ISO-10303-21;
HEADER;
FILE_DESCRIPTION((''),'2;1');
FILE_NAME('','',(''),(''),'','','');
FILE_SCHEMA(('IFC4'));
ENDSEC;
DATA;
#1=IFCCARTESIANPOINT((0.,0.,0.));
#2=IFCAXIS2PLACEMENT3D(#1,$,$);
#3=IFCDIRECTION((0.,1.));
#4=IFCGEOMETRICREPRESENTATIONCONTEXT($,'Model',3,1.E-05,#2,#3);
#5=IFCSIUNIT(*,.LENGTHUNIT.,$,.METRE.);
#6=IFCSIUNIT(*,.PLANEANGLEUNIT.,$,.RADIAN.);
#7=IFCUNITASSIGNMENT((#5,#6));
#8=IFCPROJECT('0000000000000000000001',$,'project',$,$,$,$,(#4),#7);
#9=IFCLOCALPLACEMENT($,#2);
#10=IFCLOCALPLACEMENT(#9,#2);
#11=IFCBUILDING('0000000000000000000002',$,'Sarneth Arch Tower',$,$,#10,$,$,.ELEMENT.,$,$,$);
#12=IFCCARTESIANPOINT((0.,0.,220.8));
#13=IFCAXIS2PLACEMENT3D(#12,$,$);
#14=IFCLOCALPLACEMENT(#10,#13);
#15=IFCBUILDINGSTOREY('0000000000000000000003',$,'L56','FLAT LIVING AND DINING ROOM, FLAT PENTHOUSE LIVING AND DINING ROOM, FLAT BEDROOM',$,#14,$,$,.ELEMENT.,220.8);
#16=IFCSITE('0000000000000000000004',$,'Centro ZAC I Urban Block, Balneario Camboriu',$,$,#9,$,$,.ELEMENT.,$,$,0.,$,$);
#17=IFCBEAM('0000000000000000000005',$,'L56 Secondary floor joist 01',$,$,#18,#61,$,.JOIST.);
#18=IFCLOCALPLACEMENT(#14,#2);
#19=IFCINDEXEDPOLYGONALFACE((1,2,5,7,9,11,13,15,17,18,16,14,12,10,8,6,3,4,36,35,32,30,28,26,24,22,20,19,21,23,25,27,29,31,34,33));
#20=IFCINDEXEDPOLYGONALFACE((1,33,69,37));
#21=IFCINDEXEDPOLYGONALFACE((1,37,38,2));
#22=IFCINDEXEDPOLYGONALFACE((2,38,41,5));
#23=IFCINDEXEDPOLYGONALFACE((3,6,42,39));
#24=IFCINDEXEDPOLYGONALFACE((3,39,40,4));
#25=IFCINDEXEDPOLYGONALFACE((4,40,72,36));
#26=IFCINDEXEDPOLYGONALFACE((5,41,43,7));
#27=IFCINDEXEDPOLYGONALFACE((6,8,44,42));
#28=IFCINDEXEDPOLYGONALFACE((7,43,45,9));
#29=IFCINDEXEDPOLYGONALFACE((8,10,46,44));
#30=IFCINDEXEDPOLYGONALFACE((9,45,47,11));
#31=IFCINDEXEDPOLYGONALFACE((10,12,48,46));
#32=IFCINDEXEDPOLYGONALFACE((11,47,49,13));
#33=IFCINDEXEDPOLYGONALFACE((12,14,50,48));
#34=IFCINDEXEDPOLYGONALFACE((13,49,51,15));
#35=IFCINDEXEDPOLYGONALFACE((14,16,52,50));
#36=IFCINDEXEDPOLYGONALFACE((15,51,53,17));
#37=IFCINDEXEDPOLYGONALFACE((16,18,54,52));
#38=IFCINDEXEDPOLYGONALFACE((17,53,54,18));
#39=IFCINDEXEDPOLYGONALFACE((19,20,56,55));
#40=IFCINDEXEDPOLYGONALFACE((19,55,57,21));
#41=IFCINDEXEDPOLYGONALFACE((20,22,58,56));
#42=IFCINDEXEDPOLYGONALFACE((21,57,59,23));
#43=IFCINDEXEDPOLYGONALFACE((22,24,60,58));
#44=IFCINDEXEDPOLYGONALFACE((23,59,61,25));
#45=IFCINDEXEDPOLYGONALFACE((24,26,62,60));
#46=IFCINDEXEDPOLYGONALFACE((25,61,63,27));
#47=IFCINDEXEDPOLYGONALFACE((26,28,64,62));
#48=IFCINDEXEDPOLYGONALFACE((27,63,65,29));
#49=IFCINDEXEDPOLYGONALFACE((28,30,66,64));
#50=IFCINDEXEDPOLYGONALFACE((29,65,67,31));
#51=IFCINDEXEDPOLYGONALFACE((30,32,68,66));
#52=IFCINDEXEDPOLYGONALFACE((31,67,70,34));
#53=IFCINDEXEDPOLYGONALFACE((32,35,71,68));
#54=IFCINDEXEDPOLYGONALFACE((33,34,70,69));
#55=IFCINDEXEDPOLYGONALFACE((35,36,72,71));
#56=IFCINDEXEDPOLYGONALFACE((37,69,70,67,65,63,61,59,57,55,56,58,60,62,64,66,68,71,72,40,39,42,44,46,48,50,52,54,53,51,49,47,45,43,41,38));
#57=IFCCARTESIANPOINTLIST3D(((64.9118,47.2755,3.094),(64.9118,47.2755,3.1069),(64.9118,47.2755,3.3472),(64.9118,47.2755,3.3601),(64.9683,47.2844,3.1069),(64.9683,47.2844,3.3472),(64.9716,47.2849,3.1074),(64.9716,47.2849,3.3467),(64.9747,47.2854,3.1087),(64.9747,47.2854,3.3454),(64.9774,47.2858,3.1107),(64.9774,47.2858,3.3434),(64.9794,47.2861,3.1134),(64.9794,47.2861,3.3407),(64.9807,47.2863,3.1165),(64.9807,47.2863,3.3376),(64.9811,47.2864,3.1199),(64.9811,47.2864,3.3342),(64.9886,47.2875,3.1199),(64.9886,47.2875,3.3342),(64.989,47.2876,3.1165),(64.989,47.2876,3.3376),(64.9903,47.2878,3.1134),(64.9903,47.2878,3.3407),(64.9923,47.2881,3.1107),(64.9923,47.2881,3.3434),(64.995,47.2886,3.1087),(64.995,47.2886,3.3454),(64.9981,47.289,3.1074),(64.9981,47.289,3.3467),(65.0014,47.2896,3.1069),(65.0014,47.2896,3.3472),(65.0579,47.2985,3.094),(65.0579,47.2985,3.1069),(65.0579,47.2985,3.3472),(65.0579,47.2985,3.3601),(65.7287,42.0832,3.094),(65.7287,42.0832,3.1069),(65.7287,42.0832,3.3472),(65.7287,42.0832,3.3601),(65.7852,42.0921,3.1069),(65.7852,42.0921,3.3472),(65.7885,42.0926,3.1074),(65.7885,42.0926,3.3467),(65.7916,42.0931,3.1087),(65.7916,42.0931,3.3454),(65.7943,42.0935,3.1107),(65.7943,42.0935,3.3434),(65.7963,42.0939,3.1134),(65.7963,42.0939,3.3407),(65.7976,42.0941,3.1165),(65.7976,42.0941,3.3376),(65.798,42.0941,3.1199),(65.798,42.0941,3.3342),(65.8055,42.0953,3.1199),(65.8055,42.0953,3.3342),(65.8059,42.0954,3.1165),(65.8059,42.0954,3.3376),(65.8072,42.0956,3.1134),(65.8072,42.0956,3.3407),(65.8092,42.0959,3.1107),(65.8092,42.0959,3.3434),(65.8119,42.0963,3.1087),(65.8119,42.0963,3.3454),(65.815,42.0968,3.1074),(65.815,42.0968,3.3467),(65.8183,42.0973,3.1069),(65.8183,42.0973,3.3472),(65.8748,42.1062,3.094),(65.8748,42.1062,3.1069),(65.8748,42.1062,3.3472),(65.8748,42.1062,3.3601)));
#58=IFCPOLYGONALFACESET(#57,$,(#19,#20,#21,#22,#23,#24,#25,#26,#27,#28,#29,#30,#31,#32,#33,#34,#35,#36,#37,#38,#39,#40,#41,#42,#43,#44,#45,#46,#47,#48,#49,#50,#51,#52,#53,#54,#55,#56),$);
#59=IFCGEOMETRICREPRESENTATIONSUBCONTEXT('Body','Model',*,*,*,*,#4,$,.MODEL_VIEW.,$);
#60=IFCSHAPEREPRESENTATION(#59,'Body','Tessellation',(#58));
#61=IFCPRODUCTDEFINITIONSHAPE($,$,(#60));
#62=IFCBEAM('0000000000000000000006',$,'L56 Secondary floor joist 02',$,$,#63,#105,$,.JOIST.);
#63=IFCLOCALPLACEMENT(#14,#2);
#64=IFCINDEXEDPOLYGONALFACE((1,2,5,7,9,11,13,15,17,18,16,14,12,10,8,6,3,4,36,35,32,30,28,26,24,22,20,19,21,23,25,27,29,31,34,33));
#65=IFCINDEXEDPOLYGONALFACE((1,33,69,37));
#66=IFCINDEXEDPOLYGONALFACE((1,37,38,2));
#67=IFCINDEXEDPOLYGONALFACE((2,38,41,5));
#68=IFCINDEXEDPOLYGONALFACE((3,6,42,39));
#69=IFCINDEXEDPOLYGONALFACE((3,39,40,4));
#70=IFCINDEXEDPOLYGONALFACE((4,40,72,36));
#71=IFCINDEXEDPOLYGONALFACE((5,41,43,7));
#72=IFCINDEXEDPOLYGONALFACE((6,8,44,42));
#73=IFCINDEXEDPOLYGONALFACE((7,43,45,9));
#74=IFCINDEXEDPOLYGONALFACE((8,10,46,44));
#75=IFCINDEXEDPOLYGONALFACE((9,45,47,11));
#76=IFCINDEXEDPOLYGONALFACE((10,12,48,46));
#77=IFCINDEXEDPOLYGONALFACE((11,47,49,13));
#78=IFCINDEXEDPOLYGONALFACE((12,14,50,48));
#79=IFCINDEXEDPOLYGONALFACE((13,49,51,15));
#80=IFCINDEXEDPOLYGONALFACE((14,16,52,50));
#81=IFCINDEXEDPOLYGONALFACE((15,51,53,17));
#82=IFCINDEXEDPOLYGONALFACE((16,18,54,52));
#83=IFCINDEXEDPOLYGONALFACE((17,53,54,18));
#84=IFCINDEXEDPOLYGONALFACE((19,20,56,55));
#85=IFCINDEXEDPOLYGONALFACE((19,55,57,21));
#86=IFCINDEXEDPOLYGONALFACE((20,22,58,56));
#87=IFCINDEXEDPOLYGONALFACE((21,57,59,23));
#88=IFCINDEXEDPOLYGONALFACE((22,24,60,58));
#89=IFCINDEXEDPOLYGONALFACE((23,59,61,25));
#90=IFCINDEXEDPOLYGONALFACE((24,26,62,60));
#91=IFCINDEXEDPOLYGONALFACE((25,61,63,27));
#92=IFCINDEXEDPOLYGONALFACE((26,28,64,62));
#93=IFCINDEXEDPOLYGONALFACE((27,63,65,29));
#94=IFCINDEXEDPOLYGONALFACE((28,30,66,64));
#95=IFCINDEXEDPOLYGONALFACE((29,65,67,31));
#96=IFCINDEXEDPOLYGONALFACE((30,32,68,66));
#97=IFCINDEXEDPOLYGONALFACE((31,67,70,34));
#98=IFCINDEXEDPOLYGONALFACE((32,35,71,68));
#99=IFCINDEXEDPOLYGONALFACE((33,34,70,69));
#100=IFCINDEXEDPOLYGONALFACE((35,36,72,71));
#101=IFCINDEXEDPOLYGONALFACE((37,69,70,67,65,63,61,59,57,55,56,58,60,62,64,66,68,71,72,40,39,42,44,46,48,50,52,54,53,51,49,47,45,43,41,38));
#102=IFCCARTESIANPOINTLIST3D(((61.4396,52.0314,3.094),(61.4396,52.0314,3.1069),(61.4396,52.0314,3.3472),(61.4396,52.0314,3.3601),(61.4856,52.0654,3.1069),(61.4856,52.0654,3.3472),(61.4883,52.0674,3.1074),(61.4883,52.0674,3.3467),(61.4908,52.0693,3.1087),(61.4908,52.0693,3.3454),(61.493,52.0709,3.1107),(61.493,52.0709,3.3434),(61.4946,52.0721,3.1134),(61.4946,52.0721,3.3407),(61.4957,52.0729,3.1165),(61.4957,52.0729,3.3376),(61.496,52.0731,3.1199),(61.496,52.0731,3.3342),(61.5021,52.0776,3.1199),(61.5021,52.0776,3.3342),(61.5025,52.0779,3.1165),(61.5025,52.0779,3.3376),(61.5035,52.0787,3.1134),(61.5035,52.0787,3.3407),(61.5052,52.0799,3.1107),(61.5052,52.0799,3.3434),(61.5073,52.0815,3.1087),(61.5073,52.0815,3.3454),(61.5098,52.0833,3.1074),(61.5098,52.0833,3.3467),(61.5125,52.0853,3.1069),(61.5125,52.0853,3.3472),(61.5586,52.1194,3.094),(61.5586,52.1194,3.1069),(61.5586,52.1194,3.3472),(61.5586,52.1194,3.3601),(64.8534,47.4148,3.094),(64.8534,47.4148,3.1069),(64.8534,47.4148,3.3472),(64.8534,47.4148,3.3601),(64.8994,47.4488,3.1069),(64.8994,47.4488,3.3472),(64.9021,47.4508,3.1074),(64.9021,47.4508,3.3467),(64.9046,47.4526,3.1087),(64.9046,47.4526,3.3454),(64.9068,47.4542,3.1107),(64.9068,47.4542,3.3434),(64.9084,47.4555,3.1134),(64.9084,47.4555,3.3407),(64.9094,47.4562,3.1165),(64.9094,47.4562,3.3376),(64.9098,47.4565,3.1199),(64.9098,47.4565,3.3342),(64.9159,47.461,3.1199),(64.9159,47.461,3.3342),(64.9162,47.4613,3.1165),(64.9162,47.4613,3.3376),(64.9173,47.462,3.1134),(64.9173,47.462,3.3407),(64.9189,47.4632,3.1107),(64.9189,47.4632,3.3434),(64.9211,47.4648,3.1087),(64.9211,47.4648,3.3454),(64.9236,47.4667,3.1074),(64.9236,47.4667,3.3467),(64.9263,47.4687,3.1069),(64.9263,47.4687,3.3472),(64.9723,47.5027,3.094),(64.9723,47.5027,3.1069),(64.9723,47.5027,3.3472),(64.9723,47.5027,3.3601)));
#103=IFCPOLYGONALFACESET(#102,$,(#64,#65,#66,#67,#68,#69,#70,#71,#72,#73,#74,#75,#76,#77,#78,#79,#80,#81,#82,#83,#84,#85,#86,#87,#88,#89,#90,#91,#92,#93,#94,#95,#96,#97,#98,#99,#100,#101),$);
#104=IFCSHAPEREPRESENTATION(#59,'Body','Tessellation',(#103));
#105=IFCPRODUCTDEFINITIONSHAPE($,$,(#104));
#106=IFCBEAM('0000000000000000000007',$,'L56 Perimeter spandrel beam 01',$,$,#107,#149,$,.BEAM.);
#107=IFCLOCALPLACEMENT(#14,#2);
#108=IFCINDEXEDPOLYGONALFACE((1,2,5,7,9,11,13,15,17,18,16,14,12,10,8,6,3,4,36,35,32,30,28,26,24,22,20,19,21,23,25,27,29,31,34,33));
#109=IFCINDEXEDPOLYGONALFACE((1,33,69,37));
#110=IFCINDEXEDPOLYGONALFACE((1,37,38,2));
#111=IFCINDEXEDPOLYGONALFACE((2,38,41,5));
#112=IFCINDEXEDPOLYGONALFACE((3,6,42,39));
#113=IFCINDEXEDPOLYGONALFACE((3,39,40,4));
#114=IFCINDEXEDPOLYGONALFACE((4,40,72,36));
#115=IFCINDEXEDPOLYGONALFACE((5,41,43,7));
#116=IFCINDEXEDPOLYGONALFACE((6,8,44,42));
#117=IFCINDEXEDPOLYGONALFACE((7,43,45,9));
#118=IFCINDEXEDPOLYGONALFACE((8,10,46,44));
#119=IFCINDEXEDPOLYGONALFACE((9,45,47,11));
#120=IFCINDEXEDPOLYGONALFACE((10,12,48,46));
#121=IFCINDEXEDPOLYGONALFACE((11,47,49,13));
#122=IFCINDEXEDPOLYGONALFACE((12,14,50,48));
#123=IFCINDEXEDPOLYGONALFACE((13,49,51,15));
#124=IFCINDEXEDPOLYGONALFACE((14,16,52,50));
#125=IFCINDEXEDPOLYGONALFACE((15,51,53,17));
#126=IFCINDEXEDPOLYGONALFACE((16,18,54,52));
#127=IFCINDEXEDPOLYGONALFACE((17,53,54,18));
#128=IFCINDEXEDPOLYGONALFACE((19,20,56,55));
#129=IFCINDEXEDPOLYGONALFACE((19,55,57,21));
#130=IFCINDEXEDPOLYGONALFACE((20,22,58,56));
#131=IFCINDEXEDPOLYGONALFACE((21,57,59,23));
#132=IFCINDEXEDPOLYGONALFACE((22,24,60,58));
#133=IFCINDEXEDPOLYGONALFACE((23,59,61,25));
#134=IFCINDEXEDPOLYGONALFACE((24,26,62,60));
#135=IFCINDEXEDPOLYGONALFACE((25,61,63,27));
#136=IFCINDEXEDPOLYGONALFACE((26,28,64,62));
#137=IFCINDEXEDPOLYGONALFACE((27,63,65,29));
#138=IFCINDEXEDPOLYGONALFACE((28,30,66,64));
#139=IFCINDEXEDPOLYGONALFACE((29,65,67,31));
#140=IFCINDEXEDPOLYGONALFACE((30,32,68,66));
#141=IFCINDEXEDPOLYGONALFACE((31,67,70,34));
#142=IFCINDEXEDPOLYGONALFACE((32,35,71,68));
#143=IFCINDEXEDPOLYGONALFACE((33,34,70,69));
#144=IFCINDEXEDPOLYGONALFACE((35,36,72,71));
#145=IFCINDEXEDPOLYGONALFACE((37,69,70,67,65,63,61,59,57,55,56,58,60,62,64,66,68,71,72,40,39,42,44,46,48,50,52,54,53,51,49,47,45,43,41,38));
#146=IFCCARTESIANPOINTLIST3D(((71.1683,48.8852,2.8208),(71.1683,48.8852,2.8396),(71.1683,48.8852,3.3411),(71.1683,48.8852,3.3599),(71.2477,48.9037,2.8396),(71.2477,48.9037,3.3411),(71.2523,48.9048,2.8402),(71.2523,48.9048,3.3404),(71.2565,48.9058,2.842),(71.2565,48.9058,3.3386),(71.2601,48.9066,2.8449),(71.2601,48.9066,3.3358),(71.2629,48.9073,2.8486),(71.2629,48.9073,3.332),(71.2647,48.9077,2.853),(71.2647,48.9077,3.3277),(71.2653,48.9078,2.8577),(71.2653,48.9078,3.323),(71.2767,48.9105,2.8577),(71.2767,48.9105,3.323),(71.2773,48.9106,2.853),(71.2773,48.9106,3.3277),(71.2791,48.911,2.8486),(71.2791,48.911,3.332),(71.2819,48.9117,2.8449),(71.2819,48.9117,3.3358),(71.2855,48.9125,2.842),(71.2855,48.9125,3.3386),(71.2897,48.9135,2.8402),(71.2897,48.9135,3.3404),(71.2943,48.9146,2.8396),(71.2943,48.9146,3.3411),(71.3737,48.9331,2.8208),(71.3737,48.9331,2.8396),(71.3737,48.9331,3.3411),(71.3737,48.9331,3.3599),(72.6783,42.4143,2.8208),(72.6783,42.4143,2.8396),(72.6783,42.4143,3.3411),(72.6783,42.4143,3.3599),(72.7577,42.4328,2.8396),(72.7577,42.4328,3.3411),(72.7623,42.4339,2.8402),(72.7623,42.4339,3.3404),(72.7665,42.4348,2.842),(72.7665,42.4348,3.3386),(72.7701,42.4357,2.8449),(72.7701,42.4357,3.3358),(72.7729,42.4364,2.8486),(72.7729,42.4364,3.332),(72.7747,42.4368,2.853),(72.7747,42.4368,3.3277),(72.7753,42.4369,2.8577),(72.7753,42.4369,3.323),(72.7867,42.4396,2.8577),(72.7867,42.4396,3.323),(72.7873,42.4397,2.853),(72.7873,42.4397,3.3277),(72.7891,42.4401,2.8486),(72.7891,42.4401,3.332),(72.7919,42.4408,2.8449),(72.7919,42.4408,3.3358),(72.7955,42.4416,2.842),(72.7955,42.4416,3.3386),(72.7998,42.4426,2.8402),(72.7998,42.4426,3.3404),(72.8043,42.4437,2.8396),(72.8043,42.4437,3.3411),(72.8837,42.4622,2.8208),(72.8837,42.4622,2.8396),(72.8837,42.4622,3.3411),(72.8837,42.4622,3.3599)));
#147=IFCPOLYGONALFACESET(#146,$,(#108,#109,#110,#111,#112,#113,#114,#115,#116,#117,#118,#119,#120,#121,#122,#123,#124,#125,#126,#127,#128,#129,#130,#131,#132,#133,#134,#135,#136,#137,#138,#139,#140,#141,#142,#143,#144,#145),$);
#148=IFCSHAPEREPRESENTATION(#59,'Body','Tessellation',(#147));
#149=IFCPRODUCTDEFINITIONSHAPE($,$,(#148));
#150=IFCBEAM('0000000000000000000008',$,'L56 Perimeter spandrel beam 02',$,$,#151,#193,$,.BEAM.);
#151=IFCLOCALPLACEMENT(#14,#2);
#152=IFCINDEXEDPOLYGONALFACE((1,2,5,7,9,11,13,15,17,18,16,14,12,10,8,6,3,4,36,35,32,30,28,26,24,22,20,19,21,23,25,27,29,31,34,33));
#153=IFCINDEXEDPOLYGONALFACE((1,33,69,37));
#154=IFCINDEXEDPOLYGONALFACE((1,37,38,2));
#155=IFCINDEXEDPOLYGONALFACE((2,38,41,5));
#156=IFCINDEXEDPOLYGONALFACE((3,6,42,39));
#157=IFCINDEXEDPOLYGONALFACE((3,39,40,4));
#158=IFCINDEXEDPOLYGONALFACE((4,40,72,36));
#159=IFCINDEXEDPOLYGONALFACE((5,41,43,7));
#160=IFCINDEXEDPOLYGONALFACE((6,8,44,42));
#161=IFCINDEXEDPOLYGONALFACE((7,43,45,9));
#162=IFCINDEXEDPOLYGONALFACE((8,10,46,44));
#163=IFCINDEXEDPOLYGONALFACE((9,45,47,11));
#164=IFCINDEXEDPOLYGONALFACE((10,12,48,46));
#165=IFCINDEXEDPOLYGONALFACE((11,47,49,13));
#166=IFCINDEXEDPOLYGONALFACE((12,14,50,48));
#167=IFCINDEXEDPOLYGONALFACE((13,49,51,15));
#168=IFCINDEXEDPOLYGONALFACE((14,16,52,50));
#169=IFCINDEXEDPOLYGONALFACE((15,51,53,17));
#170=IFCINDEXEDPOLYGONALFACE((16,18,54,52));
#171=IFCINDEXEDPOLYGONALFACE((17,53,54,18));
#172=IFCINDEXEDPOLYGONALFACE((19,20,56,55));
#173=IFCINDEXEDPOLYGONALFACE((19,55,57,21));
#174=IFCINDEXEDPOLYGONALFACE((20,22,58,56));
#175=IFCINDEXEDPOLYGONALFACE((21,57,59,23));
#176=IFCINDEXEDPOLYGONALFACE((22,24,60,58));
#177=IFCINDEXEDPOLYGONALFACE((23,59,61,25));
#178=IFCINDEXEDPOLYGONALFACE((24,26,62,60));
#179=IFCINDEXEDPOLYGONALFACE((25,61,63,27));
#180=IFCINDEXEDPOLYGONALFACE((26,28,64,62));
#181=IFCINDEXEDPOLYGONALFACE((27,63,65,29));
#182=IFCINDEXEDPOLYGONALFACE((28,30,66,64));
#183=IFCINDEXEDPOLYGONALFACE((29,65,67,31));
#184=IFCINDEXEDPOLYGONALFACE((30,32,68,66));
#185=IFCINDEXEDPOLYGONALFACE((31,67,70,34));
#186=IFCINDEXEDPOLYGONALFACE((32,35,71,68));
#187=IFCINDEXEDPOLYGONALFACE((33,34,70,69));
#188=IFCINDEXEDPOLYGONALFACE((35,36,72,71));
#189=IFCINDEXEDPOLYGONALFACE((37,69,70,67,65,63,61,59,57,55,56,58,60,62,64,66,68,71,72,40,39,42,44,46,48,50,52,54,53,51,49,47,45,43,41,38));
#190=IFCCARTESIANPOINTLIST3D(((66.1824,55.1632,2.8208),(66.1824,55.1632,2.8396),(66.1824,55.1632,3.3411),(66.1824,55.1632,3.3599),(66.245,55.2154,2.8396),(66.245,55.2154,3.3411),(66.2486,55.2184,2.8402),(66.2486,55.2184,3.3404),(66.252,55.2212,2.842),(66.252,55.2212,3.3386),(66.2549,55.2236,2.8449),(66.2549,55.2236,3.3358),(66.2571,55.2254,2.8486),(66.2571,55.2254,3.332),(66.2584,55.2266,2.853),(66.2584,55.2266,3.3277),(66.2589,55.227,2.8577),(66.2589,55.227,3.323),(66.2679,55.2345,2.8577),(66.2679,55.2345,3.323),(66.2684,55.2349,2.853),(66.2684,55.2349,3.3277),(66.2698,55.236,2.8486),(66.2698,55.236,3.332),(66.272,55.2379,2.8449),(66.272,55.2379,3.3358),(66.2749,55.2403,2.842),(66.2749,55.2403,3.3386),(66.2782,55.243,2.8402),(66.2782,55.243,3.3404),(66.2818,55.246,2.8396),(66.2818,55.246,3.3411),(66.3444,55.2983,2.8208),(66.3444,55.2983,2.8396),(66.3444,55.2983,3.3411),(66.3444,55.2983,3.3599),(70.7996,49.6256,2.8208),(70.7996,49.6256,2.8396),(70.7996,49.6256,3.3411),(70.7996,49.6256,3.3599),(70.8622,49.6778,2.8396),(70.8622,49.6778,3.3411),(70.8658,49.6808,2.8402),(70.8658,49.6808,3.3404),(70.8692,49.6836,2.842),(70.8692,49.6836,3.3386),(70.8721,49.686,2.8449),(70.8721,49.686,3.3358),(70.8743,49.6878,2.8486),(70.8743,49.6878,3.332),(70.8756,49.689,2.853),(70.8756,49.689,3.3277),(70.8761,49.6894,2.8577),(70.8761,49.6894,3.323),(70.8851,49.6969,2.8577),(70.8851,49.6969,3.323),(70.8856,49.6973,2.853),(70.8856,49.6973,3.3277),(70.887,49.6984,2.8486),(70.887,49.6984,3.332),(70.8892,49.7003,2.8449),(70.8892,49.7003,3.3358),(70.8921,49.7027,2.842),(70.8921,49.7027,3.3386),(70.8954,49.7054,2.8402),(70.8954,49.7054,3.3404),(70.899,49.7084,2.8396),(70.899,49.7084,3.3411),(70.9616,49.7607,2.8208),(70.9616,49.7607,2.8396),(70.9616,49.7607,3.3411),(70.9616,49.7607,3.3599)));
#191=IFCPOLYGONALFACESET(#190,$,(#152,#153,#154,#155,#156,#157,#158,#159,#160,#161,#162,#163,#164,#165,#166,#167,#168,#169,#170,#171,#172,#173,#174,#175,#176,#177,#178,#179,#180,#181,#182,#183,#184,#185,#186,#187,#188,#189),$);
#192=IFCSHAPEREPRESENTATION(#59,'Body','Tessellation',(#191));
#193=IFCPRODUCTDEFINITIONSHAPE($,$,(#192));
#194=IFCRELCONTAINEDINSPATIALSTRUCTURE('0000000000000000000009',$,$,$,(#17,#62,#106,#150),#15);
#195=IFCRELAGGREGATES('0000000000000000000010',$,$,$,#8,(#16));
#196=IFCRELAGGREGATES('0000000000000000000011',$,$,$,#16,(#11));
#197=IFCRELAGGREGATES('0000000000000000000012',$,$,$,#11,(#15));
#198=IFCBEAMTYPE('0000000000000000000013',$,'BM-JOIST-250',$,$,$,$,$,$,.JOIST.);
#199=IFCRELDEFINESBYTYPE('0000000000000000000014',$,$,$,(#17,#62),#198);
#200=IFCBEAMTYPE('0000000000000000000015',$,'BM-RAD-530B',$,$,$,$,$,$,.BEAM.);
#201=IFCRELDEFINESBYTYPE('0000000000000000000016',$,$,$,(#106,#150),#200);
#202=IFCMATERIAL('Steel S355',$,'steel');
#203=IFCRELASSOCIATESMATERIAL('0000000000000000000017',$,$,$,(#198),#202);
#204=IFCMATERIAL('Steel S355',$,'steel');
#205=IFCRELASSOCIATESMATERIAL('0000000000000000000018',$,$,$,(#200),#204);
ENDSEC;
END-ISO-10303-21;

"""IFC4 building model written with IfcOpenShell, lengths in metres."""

from ifc_helpers import new_model, si_unit, direction, frame, origin, origin_2d, place, context, subcontext, project, spatial, i_section, extrude, material, material_profile, profile_set, type_object, element, save


model = new_model("IFC4")

# Units and contexts
model_context = context("Model", 3, precision=1e-05, world=origin(), true_north=direction((0.0, 1.0)))
body_context = subcontext(model_context, "Body", "Model", "MODEL_VIEW")
ifc_project = project(units=[si_unit("LENGTHUNIT", "METRE"), si_unit("PLANEANGLEUNIT", "RADIAN")], contexts=[model_context])

# Site, building, storey
site_placement = place(None, origin())
site = spatial("IfcSite", under=ifc_project, at=site_placement, Name="Centro ZAC I Urban Block, Balneario Camboriu", CompositionType="ELEMENT", RefElevation=0.0)
building_placement = place(site_placement, origin())
building = spatial("IfcBuilding", under=site, at=building_placement, Name="Sarneth Arch Tower", CompositionType="ELEMENT")
storey_placement = place(building_placement, frame((0.0, 0.0, 220.8)))
storey = spatial("IfcBuildingStorey", under=building, at=storey_placement, Name="L56", Description="FLAT LIVING AND DINING ROOM, FLAT PENTHOUSE LIVING AND DINING ROOM, FLAT BEDROOM", CompositionType="ELEMENT", Elevation=220.8)

# Beams
ifc_material_1 = material(Name="Steel S355", Category="steel")
ifc_material_profile_1 = material_profile(ifc_material_1, i_section(OverallWidth=0.1479, OverallDepth=0.2661, WebThickness=0.0076, FlangeThickness=0.0129, FilletRadius=0.0129, at=origin_2d()), Name="W250x44.8")
ifc_profile_set_1 = profile_set([ifc_material_profile_1], Name="Steel S355")
beam_type_1 = type_object("IfcBeamType", Name="BM-JOIST-250", PredefinedType="JOIST", material=ifc_profile_set_1)
beam_1_placement = place(storey_placement, frame((65.8018, 42.0947, 3.2271), z_axis=(-0.155421, 0.987848, 0.0), x_axis=(-0.987848, -0.155421, 0.0)))
element("IfcBeam", 1, at=beam_1_placement, inside=storey, type_object=beam_type_1, Name="L56 Secondary floor joist 01", PredefinedType="JOIST", context=body_context, shape_type="SweptSolid", body=[
    extrude(i_section(OverallWidth=0.1479, OverallDepth=0.2661, WebThickness=0.0076, FlangeThickness=0.0129, FilletRadius=0.0129, at=origin_2d()), origin(), (0.0, 0.0, 1.0), 5.2561),
])
beam_2_placement = place(storey_placement, frame((64.9128, 47.4587, 3.2271), z_axis=(-0.594557, 0.804053, 0.0), x_axis=(-0.804053, -0.594557, 0.0)))
element("IfcBeam", 2, at=beam_2_placement, inside=storey, type_object=beam_type_1, Name="L56 Secondary floor joist 02", PredefinedType="JOIST", context=body_context, shape_type="SweptSolid", body=[
    extrude(i_section(OverallWidth=0.1479, OverallDepth=0.2661, WebThickness=0.0076, FlangeThickness=0.0129, FilletRadius=0.0129, at=origin_2d()), origin(), (0.0, 0.0, 1.0), 5.7417),
])
ifc_material_2 = material(Name="Steel S355", Category="steel")
ifc_material_profile_2 = material_profile(ifc_material_2, i_section(OverallWidth=0.2109, OverallDepth=0.5391, WebThickness=0.0117, FlangeThickness=0.0188, FilletRadius=0.0181, at=origin_2d()), Name="W530x109")
ifc_profile_set_2 = profile_set([ifc_material_profile_2], Name="Steel S355")
beam_type_2 = type_object("IfcBeamType", Name="BM-RAD-530B", PredefinedType="BEAM", material=ifc_profile_set_2)
beam_3_placement = place(storey_placement, frame((72.781, 42.4382, 3.0903), z_axis=(-0.227247, 0.973837, 0.0), x_axis=(-0.973837, -0.227247, 0.0)))
element("IfcBeam", 3, at=beam_3_placement, inside=storey, type_object=beam_type_2, Name="L56 Perimeter spandrel beam 01", PredefinedType="BEAM", context=body_context, shape_type="SweptSolid", body=[
    extrude(i_section(OverallWidth=0.2109, OverallDepth=0.5391, WebThickness=0.0117, FlangeThickness=0.0188, FilletRadius=0.0181, at=origin_2d()), origin(), (0.0, 0.0, 1.0), 6.6448),
])
beam_4_placement = place(storey_placement, frame((70.8806, 49.6931, 3.0903), z_axis=(-0.640391, 0.768049, 0.0), x_axis=(-0.768049, -0.640391, 0.0)))
element("IfcBeam", 4, at=beam_4_placement, inside=storey, type_object=beam_type_2, Name="L56 Perimeter spandrel beam 02", PredefinedType="BEAM", context=body_context, shape_type="SweptSolid", body=[
    extrude(i_section(OverallWidth=0.2109, OverallDepth=0.5391, WebThickness=0.0117, FlangeThickness=0.0188, FilletRadius=0.0181, at=origin_2d()), origin(), (0.0, 0.0, 1.0), 7.21),
])

save(model, "model.ifc")
